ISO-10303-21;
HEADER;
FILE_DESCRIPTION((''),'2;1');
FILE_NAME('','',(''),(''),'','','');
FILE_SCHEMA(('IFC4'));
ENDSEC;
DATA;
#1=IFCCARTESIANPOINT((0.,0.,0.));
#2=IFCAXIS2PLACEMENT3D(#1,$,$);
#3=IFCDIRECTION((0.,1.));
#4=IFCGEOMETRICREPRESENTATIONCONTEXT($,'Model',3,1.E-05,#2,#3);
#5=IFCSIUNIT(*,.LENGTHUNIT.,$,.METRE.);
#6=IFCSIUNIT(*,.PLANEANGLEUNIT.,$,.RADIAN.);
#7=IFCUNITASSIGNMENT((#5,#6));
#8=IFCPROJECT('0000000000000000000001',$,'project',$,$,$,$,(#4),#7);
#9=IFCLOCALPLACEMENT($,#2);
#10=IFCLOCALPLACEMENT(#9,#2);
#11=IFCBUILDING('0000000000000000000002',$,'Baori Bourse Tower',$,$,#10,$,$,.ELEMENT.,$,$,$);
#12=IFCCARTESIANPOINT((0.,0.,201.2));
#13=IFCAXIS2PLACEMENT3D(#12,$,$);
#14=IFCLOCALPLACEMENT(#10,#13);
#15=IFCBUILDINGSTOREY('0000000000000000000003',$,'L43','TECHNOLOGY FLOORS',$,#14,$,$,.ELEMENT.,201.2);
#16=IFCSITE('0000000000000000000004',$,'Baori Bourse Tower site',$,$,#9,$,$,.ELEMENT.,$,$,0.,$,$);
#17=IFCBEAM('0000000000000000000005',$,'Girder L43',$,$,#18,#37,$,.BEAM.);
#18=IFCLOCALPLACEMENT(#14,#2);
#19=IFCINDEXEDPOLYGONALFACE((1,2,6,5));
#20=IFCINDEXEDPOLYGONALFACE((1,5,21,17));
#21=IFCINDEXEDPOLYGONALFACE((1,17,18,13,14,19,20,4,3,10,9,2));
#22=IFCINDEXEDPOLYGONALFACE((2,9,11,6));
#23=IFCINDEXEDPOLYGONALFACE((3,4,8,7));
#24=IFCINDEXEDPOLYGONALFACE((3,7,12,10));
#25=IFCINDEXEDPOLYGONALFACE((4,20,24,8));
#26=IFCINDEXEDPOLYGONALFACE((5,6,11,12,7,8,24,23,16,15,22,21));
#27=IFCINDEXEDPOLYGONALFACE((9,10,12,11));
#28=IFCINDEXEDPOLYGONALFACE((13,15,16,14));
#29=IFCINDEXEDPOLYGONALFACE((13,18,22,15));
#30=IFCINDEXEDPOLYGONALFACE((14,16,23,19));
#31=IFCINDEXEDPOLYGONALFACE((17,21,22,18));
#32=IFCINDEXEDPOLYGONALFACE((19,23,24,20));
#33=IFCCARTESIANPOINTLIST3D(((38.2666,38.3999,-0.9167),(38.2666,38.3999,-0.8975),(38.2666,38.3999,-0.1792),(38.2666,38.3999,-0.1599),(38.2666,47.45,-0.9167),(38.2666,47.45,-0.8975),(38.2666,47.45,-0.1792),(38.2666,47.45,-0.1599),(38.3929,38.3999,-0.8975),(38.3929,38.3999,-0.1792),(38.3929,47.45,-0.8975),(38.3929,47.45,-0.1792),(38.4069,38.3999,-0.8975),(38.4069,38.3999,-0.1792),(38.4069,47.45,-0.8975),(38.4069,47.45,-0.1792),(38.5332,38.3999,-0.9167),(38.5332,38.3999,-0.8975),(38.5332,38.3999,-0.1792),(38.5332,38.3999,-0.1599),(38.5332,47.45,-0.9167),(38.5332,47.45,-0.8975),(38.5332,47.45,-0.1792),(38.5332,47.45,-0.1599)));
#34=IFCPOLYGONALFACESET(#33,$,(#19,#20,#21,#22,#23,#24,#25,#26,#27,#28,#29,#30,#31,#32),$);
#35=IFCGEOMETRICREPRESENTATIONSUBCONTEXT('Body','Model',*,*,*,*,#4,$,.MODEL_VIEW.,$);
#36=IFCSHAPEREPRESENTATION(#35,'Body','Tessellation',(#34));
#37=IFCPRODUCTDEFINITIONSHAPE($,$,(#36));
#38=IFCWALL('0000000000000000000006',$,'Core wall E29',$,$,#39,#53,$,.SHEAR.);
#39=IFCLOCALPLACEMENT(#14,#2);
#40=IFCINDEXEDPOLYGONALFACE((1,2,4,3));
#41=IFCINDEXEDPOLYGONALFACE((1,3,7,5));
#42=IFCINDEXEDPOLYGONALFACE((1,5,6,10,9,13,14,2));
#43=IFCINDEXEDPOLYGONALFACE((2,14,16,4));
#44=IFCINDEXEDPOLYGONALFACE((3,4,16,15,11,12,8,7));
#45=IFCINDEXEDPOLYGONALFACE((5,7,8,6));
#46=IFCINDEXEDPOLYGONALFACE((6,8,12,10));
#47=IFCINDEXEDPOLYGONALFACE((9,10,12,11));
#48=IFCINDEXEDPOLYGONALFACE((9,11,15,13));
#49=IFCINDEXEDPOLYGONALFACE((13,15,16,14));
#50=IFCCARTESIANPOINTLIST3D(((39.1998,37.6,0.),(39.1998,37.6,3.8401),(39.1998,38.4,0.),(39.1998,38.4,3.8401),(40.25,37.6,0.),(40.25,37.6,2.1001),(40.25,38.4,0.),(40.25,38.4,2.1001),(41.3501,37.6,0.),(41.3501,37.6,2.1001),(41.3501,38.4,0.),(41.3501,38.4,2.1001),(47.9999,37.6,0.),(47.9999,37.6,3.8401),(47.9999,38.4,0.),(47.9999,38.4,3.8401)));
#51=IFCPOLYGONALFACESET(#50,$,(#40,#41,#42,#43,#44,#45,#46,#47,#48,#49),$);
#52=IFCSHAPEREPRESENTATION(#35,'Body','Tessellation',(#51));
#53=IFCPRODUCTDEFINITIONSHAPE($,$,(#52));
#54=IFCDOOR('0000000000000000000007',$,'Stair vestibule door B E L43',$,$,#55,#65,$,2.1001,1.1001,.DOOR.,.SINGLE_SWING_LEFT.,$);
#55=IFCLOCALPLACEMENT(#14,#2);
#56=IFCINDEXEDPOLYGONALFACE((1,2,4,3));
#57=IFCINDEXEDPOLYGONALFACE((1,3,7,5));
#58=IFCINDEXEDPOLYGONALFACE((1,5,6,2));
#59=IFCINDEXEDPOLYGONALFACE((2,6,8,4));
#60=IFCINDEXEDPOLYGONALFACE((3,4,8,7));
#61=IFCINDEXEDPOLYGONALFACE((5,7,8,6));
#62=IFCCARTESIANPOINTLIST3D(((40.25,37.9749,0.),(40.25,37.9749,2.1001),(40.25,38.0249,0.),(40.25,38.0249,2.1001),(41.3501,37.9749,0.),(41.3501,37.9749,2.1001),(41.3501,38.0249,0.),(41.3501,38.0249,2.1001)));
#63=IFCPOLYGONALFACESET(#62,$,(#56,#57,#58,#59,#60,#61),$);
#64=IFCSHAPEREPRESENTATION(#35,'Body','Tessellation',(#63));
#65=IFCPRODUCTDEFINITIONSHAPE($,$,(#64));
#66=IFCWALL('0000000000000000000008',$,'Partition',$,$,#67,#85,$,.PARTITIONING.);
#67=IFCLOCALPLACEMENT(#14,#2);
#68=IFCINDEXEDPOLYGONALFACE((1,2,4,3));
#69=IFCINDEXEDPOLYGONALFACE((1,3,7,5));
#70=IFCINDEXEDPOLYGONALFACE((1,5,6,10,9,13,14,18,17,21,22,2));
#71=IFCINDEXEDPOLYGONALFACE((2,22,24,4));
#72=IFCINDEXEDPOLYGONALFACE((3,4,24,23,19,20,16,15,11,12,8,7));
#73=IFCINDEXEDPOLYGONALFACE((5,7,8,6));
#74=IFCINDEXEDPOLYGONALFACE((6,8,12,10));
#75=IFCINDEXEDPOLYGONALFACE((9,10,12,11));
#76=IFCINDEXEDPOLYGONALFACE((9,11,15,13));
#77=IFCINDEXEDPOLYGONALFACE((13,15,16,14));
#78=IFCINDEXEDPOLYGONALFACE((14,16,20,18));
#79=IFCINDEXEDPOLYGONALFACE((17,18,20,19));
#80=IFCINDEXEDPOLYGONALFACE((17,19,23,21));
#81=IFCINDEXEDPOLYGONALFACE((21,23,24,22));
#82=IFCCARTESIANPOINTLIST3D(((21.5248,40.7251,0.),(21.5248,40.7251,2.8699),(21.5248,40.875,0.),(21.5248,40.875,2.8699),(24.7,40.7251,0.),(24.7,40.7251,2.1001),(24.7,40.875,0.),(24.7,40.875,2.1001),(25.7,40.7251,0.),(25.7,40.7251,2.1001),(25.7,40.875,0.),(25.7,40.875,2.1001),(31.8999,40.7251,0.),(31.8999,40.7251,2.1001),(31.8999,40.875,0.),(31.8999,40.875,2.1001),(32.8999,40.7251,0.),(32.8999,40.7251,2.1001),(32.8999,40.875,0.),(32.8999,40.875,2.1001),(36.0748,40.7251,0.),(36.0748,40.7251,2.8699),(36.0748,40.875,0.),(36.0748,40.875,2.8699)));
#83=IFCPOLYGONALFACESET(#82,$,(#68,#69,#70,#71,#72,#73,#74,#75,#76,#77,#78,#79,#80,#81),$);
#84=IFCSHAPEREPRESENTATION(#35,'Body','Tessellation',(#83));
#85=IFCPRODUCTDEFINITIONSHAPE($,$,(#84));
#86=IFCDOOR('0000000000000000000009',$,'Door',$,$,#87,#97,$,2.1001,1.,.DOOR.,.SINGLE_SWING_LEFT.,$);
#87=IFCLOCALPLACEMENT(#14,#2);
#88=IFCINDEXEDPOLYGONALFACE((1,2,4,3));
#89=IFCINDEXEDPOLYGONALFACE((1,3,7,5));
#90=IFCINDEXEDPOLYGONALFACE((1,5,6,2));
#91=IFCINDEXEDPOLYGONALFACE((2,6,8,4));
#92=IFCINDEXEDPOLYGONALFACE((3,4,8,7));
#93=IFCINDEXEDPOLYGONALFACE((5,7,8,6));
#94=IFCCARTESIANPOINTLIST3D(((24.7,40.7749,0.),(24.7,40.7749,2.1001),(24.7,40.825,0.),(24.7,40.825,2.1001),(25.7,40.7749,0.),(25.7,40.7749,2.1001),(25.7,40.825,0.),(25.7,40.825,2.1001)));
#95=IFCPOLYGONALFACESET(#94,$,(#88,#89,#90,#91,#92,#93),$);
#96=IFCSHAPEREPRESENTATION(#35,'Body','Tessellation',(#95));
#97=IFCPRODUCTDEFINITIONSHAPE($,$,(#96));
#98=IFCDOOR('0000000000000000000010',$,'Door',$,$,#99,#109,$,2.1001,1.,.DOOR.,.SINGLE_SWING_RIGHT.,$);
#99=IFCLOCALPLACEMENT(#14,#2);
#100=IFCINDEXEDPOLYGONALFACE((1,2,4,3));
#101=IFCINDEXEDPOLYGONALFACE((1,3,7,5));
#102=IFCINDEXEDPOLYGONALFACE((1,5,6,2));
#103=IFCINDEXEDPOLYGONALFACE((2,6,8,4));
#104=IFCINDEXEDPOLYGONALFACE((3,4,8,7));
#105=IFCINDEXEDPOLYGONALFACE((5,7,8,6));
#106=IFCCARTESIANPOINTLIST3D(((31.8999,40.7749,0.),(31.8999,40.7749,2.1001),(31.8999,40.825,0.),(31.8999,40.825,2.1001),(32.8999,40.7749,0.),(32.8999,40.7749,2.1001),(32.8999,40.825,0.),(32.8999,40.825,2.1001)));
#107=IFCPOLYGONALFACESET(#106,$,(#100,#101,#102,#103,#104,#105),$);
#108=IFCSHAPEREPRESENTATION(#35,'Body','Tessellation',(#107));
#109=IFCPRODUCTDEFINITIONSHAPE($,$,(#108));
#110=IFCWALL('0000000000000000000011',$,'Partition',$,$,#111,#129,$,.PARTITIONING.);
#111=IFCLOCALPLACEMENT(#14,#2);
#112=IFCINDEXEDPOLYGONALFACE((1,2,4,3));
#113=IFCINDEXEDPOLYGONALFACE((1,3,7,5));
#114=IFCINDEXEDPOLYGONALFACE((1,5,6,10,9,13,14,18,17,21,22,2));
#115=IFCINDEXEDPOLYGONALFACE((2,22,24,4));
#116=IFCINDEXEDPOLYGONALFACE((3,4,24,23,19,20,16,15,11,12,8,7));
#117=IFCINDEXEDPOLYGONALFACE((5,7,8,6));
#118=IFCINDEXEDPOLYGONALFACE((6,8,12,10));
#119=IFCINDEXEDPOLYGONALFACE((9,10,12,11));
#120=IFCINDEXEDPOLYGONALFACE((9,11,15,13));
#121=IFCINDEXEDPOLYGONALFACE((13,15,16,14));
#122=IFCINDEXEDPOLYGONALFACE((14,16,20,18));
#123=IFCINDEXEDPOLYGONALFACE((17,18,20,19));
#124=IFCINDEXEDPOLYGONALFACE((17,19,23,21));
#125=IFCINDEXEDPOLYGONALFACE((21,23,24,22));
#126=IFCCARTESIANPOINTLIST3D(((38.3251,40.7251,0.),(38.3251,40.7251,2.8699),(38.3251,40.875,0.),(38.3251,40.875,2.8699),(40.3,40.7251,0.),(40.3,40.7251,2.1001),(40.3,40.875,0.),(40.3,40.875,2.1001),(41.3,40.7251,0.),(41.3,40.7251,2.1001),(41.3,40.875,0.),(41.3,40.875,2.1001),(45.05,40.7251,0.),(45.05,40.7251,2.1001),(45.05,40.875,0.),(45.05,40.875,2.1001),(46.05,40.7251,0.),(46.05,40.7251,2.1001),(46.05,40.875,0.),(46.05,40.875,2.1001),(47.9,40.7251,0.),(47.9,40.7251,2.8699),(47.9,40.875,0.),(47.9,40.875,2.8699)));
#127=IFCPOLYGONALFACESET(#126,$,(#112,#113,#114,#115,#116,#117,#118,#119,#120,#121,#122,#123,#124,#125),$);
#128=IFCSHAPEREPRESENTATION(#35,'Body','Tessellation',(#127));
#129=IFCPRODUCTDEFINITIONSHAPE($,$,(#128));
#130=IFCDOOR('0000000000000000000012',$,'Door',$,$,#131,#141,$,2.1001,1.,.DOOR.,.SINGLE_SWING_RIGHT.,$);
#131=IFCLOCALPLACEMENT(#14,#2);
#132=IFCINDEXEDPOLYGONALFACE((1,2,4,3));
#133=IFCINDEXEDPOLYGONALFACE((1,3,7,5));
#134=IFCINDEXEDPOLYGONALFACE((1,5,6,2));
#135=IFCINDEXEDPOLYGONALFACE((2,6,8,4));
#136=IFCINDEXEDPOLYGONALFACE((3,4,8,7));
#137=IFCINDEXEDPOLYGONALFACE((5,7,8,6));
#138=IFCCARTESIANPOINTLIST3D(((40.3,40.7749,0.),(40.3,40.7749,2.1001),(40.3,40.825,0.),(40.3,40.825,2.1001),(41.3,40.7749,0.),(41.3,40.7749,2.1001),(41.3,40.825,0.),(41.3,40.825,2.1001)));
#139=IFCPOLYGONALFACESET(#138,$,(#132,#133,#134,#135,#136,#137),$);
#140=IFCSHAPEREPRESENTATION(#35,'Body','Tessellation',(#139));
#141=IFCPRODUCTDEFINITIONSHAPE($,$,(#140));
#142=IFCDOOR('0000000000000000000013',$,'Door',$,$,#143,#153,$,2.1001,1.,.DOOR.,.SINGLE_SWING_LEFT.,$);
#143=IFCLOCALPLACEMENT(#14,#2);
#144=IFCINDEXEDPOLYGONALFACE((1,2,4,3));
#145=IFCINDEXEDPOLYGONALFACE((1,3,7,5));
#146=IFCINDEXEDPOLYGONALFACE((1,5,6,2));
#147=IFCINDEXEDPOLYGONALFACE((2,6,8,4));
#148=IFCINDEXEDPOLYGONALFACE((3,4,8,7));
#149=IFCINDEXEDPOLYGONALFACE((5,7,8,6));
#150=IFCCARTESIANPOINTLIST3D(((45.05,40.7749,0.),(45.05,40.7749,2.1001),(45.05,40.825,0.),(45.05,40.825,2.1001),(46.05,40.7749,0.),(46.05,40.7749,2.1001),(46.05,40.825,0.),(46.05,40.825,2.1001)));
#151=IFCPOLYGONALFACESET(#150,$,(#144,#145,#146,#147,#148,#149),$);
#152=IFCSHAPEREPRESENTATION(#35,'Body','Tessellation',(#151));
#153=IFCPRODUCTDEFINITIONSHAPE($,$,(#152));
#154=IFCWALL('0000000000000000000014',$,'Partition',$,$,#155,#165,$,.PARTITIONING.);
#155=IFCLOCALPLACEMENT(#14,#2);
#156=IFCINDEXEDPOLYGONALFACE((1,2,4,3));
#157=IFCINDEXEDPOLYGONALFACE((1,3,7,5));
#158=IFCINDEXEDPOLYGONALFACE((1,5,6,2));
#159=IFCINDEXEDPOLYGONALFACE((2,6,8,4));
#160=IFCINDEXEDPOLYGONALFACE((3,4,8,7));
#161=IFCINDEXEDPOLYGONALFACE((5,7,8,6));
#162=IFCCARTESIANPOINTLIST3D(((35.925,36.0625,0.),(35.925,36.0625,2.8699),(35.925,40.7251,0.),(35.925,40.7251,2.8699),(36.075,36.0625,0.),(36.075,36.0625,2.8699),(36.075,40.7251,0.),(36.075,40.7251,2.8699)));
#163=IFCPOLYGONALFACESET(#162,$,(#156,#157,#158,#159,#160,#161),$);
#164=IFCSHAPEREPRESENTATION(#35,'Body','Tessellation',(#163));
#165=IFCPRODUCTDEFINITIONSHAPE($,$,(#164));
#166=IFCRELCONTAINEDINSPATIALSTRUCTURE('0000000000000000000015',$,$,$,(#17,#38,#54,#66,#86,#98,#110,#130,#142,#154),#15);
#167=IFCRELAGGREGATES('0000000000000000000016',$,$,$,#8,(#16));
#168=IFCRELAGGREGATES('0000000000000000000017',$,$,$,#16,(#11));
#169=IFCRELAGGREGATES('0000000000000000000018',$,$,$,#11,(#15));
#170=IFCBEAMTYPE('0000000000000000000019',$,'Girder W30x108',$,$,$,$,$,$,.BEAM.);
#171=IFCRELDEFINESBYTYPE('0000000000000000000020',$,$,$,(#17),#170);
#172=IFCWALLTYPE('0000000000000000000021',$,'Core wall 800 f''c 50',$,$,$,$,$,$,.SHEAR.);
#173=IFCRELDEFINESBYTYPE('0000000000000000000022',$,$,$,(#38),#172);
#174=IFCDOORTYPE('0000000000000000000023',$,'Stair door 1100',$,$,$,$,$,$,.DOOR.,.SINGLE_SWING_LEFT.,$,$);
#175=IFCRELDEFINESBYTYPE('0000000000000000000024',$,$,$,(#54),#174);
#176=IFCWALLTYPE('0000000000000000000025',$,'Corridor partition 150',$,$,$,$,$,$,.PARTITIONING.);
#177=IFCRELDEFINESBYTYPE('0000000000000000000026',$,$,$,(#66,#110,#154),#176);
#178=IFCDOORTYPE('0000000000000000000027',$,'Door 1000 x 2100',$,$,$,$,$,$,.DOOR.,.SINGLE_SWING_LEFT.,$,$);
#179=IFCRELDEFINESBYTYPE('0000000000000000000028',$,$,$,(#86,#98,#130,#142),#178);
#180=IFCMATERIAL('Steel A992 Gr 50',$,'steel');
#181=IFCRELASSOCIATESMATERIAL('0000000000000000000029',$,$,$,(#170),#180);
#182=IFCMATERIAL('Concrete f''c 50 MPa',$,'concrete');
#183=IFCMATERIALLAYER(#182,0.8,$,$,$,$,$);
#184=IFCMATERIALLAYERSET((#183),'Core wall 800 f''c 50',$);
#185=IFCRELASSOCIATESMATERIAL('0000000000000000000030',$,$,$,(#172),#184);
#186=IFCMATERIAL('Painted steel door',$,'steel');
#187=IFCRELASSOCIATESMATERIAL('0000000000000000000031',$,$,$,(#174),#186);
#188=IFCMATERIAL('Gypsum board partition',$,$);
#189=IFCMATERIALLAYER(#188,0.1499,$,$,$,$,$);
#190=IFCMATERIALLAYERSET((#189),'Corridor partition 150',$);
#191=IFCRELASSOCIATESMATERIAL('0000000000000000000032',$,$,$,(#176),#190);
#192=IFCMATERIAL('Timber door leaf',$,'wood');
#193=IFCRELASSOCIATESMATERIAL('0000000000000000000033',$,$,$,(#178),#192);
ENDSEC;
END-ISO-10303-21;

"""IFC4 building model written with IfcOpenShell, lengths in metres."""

from ifc_helpers import new_model, si_unit, direction, frame, frame_2d, origin, origin_2d, place, context, subcontext, project, spatial, rectangle, i_section, extrude, material, layer, layer_set, material_profile, profile_set, type_object, element, fill, save


model = new_model("IFC4")

# Units and contexts
model_context = context("Model", 3, precision=1e-05, world=origin(), true_north=direction((0.0, 1.0)))
body_context = subcontext(model_context, "Body", "Model", "MODEL_VIEW")
ifc_project = project(units=[si_unit("LENGTHUNIT", "METRE"), si_unit("PLANEANGLEUNIT", "RADIAN")], contexts=[model_context])

# Site, building, storey
site_placement = place(None, origin())
site = spatial("IfcSite", under=ifc_project, at=site_placement, Name="Baori Bourse Tower site", CompositionType="ELEMENT", RefElevation=0.0)
building_placement = place(site_placement, origin())
building = spatial("IfcBuilding", under=site, at=building_placement, Name="Baori Bourse Tower", CompositionType="ELEMENT")
storey_placement = place(building_placement, frame((0.0, 0.0, 201.2)))
storey = spatial("IfcBuildingStorey", under=building, at=storey_placement, Name="L43", Description="TECHNOLOGY FLOORS", CompositionType="ELEMENT", Elevation=201.2)

# Beam
ifc_material_1 = material(Name="Steel A992 Gr 50", Category="steel")
ifc_material_profile = material_profile(ifc_material_1, i_section(OverallWidth=0.2666, OverallDepth=0.7568, WebThickness=0.0139, FlangeThickness=0.0193, at=origin_2d()), Name="W30x108")
ifc_profile_set = profile_set([ifc_material_profile], Name="Steel A992 Gr 50")
beam_type = type_object("IfcBeamType", Name="Girder W30x108", PredefinedType="BEAM", material=ifc_profile_set)
beam_placement = place(storey_placement, frame((38.3999, 38.3999, -0.5383), z_axis=(0.0, 1.0, 0.0), x_axis=(-1.0, 0.0, 0.0)))
element("IfcBeam", 1, at=beam_placement, inside=storey, type_object=beam_type, Name="Girder L43", PredefinedType="BEAM", context=body_context, shape_type="SweptSolid", body=[
    extrude(i_section(OverallWidth=0.2666, OverallDepth=0.7568, WebThickness=0.0139, FlangeThickness=0.0193, at=origin_2d()), origin(), (0.0, 0.0, 1.0), 9.05),
])

# Wall, opening, door
ifc_material_2 = material(Name="Concrete f'c 50 MPa", Category="concrete")
ifc_layer_1 = layer(ifc_material_2, 0.8)
ifc_layer_set_1 = layer_set([ifc_layer_1], Name="Core wall 800 f'c 50")
wall_type_1 = type_object("IfcWallType", Name="Core wall 800 f'c 50", PredefinedType="SHEAR", material=ifc_layer_set_1)
wall_1_placement = place(storey_placement, frame((39.2, 38.0, 0.0), z_axis=(0.0, 0.0, 1.0), x_axis=(1.0, 0.0, 0.0)))
wall_1 = element("IfcWall", 2, at=wall_1_placement, inside=storey, type_object=wall_type_1, Name="Core wall E29", PredefinedType="SHEAR", context=body_context, shape_type="SweptSolid", body=[
    extrude(rectangle(XDim=8.8, YDim=0.8, at=frame_2d((4.3999, 0.0))), origin(), (0.0, 0.0, 1.0), 3.8401),
])
opening_1_placement = place(wall_1_placement, frame((1.05, 0.0, 0.0)))
opening_1 = element("IfcOpeningElement", 3, at=opening_1_placement, cuts=wall_1, PredefinedType="OPENING", context=body_context, shape_type="SweptSolid", body=[
    extrude(rectangle(XDim=1.1001, YDim=2.1001, at=frame_2d((0.55, 1.05))), frame((0.0, 0.4099, 0.0), z_axis=(0.0, -1.0, 0.0), x_axis=(1.0, 0.0, 0.0)), (0.0, 0.0, 1.0), 0.8201),
])
ifc_material_3 = material(Name="Painted steel door", Category="steel")
door_type_1 = type_object("IfcDoorType", Name="Stair door 1100", OperationType="SINGLE_SWING_LEFT", PredefinedType="DOOR", material=ifc_material_3)
door_1_placement = place(opening_1_placement, origin())
door_1 = element("IfcDoor", 4, at=door_1_placement, inside=storey, type_object=door_type_1, Name="Stair vestibule door B E L43", OperationType="SINGLE_SWING_LEFT", OverallHeight=2.1001, OverallWidth=1.1001, PredefinedType="DOOR", context=body_context, shape_type="SweptSolid", body=[
    extrude(rectangle(XDim=1.1001, YDim=2.1001, at=frame_2d((0.55, 1.05))), frame((0.0, 0.0249, 0.0), z_axis=(0.0, -1.0, 0.0), x_axis=(1.0, 0.0, 0.0)), (0.0, 0.0, 1.0), 0.05),
])
fill(opening_1, door_1)

# Walls, openings, doors
ifc_material_4 = material(Name="Gypsum board partition")
ifc_layer_2 = layer(ifc_material_4, 0.1499)
ifc_layer_set_2 = layer_set([ifc_layer_2], Name="Corridor partition 150")
wall_type_2 = type_object("IfcWallType", Name="Corridor partition 150", PredefinedType="PARTITIONING", material=ifc_layer_set_2)
wall_2_placement = place(storey_placement, frame((21.5249, 40.8, 0.0), z_axis=(0.0, 0.0, 1.0), x_axis=(1.0, 0.0, 0.0)))
wall_2 = element("IfcWall", 5, at=wall_2_placement, inside=storey, type_object=wall_type_2, Name="Partition", PredefinedType="PARTITIONING", context=body_context, shape_type="SweptSolid", body=[
    extrude(rectangle(XDim=14.55, YDim=0.1499, at=frame_2d((7.2749, 0.0))), origin(), (0.0, 0.0, 1.0), 2.8699),
])
opening_2_placement = place(wall_2_placement, frame((3.175, 0.0, 0.0)))
opening_2 = element("IfcOpeningElement", 6, at=opening_2_placement, cuts=wall_2, PredefinedType="OPENING", context=body_context, shape_type="SweptSolid", body=[
    extrude(rectangle(XDim=1.0, YDim=2.1001, at=frame_2d((0.5, 1.05))), frame((0.0, 0.085, 0.0), z_axis=(0.0, -1.0, 0.0), x_axis=(1.0, 0.0, 0.0)), (0.0, 0.0, 1.0), 0.1699),
])
opening_3_placement = place(wall_2_placement, frame((10.375, 0.0, 0.0)))
opening_3 = element("IfcOpeningElement", 7, at=opening_3_placement, cuts=wall_2, PredefinedType="OPENING", context=body_context, shape_type="SweptSolid", body=[
    extrude(rectangle(XDim=1.0, YDim=2.1001, at=frame_2d((0.5, 1.05))), frame((0.0, 0.085, 0.0), z_axis=(0.0, -1.0, 0.0), x_axis=(1.0, 0.0, 0.0)), (0.0, 0.0, 1.0), 0.1699),
])
ifc_material_5 = material(Name="Timber door leaf", Category="wood")
door_type_2 = type_object("IfcDoorType", Name="Door 1000 x 2100", OperationType="SINGLE_SWING_LEFT", PredefinedType="DOOR", material=ifc_material_5)
door_2_placement = place(opening_2_placement, origin())
door_2 = element("IfcDoor", 8, at=door_2_placement, inside=storey, type_object=door_type_2, Name="Door", OperationType="SINGLE_SWING_LEFT", OverallHeight=2.1001, OverallWidth=1.0, PredefinedType="DOOR", context=body_context, shape_type="SweptSolid", body=[
    extrude(rectangle(XDim=1.0, YDim=2.1001, at=frame_2d((0.5, 1.05))), frame((0.0, 0.0249, 0.0), z_axis=(0.0, -1.0, 0.0), x_axis=(1.0, 0.0, 0.0)), (0.0, 0.0, 1.0), 0.05),
])
fill(opening_2, door_2)
door_3_placement = place(opening_3_placement, origin())
door_3 = element("IfcDoor", 9, at=door_3_placement, inside=storey, type_object=door_type_2, Name="Door", OperationType="SINGLE_SWING_RIGHT", OverallHeight=2.1001, OverallWidth=1.0, PredefinedType="DOOR", context=body_context, shape_type="SweptSolid", body=[
    extrude(rectangle(XDim=1.0, YDim=2.1001, at=frame_2d((0.5, 1.05))), frame((0.0, 0.0249, 0.0), z_axis=(0.0, -1.0, 0.0), x_axis=(1.0, 0.0, 0.0)), (0.0, 0.0, 1.0), 0.05),
])
fill(opening_3, door_3)
wall_3_placement = place(storey_placement, frame((38.325, 40.8, 0.0), z_axis=(0.0, 0.0, 1.0), x_axis=(1.0, 0.0, 0.0)))
wall_3 = element("IfcWall", 10, at=wall_3_placement, inside=storey, type_object=wall_type_2, Name="Partition", PredefinedType="PARTITIONING", context=body_context, shape_type="SweptSolid", body=[
    extrude(rectangle(XDim=9.575, YDim=0.1499, at=frame_2d((4.7876, 0.0))), origin(), (0.0, 0.0, 1.0), 2.8699),
])
opening_4_placement = place(wall_3_placement, frame((1.9751, 0.0, 0.0)))
opening_4 = element("IfcOpeningElement", 11, at=opening_4_placement, cuts=wall_3, PredefinedType="OPENING", context=body_context, shape_type="SweptSolid", body=[
    extrude(rectangle(XDim=1.0, YDim=2.1001, at=frame_2d((0.5, 1.05))), frame((0.0, 0.085, 0.0), z_axis=(0.0, -1.0, 0.0), x_axis=(1.0, 0.0, 0.0)), (0.0, 0.0, 1.0), 0.1699),
])
opening_5_placement = place(wall_3_placement, frame((6.7251, 0.0, 0.0)))
opening_5 = element("IfcOpeningElement", 12, at=opening_5_placement, cuts=wall_3, PredefinedType="OPENING", context=body_context, shape_type="SweptSolid", body=[
    extrude(rectangle(XDim=1.0, YDim=2.1001, at=frame_2d((0.5, 1.05))), frame((0.0, 0.085, 0.0), z_axis=(0.0, -1.0, 0.0), x_axis=(1.0, 0.0, 0.0)), (0.0, 0.0, 1.0), 0.1699),
])
door_4_placement = place(opening_4_placement, origin())
door_4 = element("IfcDoor", 13, at=door_4_placement, inside=storey, type_object=door_type_2, Name="Door", OperationType="SINGLE_SWING_RIGHT", OverallHeight=2.1001, OverallWidth=1.0, PredefinedType="DOOR", context=body_context, shape_type="SweptSolid", body=[
    extrude(rectangle(XDim=1.0, YDim=2.1001, at=frame_2d((0.5, 1.05))), frame((0.0, 0.0249, 0.0), z_axis=(0.0, -1.0, 0.0), x_axis=(1.0, 0.0, 0.0)), (0.0, 0.0, 1.0), 0.05),
])
fill(opening_4, door_4)
door_5_placement = place(opening_5_placement, origin())
door_5 = element("IfcDoor", 14, at=door_5_placement, inside=storey, type_object=door_type_2, Name="Door", OperationType="SINGLE_SWING_LEFT", OverallHeight=2.1001, OverallWidth=1.0, PredefinedType="DOOR", context=body_context, shape_type="SweptSolid", body=[
    extrude(rectangle(XDim=1.0, YDim=2.1001, at=frame_2d((0.5, 1.05))), frame((0.0, 0.0249, 0.0), z_axis=(0.0, -1.0, 0.0), x_axis=(1.0, 0.0, 0.0)), (0.0, 0.0, 1.0), 0.05),
])
fill(opening_5, door_5)

# Wall
wall_4_placement = place(storey_placement, frame((36.0, 36.0625, 0.0), z_axis=(0.0, 0.0, 1.0), x_axis=(0.0, 1.0, 0.0)))
element("IfcWall", 15, at=wall_4_placement, inside=storey, type_object=wall_type_2, Name="Partition", PredefinedType="PARTITIONING", context=body_context, shape_type="SweptSolid", body=[
    extrude(rectangle(XDim=4.6626, YDim=0.1499, at=frame_2d((2.3313, 0.0))), origin(), (0.0, 0.0, 1.0), 2.8699),
])

save(model, "model.ifc")
